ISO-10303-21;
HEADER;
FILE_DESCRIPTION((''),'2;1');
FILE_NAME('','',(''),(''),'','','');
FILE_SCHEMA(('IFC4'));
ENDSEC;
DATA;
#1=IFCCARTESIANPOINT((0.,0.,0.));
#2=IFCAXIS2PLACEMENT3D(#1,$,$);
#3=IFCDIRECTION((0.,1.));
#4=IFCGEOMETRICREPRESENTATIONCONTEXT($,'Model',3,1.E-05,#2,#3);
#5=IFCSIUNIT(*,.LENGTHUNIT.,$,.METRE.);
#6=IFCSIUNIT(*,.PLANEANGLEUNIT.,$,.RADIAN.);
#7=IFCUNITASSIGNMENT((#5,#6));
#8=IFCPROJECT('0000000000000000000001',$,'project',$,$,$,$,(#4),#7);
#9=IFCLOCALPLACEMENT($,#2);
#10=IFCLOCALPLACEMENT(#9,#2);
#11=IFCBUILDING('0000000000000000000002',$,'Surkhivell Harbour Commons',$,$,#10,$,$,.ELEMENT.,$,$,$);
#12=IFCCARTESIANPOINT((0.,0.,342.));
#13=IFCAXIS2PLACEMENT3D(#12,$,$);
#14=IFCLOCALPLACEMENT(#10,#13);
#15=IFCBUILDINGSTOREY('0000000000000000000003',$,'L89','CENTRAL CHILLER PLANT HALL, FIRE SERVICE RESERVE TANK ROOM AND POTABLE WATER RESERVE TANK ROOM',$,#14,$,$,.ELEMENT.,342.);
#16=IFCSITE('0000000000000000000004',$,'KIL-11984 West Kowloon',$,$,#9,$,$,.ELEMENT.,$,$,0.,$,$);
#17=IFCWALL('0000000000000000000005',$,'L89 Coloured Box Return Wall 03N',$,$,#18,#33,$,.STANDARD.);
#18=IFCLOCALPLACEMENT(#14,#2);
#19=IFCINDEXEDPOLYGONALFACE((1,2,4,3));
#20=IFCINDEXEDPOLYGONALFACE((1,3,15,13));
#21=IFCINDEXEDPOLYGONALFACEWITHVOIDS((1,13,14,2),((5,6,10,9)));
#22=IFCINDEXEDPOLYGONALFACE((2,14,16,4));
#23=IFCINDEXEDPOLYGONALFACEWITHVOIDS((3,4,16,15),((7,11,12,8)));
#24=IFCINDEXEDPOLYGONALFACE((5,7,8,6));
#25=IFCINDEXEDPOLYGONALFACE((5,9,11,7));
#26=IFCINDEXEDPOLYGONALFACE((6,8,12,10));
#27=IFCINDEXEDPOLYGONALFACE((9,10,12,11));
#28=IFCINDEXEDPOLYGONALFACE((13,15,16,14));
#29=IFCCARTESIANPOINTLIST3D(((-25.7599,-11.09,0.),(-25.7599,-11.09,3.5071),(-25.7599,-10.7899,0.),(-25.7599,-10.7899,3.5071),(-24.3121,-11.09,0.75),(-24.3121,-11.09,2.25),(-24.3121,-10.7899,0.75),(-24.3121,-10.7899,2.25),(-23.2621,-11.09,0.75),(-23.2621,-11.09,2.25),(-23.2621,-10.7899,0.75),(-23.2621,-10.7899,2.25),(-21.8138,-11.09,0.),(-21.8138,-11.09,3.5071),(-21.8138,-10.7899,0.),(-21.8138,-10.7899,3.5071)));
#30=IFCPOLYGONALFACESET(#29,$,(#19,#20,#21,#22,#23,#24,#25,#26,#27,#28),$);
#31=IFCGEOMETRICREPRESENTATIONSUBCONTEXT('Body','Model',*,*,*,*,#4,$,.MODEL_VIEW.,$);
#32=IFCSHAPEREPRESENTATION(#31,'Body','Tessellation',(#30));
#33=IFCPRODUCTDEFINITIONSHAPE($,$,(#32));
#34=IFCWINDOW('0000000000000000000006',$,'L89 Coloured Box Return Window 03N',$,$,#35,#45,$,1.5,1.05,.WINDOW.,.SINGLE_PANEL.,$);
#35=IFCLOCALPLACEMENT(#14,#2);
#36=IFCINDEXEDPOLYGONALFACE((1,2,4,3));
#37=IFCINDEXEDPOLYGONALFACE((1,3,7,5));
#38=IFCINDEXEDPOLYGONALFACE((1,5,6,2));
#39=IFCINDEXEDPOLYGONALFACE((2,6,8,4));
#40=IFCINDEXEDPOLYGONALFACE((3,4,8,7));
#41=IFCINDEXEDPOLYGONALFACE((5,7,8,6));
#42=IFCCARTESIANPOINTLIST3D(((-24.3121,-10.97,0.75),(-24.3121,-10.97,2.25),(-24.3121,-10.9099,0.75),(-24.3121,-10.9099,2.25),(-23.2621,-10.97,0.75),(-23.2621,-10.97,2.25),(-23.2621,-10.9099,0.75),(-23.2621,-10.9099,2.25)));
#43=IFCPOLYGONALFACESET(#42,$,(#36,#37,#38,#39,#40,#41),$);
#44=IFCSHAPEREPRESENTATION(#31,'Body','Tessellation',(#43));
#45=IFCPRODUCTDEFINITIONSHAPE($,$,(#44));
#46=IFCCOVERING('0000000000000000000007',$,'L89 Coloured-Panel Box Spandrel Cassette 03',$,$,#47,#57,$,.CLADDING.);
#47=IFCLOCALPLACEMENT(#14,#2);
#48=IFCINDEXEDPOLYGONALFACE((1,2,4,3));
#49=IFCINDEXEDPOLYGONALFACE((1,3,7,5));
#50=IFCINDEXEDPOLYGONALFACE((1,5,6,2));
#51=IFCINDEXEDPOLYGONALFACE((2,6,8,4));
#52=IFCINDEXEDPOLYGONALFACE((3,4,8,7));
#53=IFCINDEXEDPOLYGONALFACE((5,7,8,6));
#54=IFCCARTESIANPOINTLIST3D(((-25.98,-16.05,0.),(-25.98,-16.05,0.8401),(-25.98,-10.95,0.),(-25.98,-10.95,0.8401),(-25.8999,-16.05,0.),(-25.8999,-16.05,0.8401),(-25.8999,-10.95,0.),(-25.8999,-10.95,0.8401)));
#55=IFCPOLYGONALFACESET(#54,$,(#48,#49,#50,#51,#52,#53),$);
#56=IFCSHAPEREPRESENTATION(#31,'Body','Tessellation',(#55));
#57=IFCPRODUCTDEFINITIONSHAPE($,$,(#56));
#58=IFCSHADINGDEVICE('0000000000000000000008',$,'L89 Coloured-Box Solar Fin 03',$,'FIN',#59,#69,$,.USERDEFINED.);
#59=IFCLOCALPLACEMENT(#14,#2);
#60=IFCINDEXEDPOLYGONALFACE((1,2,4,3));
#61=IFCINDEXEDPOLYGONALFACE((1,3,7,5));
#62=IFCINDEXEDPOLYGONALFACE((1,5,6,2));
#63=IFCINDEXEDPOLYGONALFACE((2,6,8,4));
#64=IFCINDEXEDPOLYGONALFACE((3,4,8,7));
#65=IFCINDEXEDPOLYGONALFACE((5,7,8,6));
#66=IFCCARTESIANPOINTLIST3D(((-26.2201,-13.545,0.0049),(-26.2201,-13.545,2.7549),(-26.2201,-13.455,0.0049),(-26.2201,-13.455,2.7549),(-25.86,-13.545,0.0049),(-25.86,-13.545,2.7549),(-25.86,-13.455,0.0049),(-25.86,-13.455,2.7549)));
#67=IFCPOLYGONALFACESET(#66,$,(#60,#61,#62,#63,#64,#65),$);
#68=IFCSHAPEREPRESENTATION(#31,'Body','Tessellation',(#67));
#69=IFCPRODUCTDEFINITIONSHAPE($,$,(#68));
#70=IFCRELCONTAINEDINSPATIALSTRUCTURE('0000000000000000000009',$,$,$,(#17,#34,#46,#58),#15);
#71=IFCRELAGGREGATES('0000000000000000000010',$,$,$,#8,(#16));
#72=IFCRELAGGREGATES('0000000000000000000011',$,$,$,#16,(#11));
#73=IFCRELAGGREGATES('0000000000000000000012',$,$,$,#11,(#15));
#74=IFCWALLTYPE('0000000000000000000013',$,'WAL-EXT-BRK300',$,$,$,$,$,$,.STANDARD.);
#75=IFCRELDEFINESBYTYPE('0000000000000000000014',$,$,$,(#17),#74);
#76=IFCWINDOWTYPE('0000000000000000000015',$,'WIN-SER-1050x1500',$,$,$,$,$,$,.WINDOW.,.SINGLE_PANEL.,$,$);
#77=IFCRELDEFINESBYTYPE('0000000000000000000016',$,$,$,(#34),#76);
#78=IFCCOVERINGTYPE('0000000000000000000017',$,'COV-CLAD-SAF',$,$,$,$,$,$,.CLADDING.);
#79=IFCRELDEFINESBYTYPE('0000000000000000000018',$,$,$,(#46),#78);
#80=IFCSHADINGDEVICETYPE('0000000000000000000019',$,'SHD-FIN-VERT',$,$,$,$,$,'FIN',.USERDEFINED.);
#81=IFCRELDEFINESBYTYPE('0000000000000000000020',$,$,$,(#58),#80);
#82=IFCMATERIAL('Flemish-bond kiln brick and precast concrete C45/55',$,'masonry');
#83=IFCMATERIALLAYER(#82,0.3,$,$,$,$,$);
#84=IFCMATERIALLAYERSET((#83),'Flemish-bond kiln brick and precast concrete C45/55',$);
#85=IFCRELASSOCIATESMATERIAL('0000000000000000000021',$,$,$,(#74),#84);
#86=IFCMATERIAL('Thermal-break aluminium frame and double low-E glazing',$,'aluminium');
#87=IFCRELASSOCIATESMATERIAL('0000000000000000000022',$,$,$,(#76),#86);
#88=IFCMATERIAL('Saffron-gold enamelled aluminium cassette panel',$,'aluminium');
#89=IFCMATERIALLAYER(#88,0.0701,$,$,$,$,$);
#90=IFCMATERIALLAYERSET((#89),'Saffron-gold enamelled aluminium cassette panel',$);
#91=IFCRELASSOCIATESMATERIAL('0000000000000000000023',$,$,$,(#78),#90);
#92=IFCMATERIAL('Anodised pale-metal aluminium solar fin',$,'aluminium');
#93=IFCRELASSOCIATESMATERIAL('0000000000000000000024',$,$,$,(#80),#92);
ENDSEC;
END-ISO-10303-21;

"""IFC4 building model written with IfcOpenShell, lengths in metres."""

from ifc_helpers import new_model, si_unit, direction, frame, frame_2d, origin, origin_2d, place, context, subcontext, project, spatial, rectangle, extrude, material, layer, layer_set, type_object, element, fill, save


model = new_model("IFC4")

# Units and contexts
model_context = context("Model", 3, precision=1e-05, world=origin(), true_north=direction((0.0, 1.0)))
body_context = subcontext(model_context, "Body", "Model", "MODEL_VIEW")
ifc_project = project(units=[si_unit("LENGTHUNIT", "METRE"), si_unit("PLANEANGLEUNIT", "RADIAN")], contexts=[model_context])

# Site, building, storey
site_placement = place(None, origin())
site = spatial("IfcSite", under=ifc_project, at=site_placement, Name="KIL-11984 West Kowloon", CompositionType="ELEMENT", RefElevation=0.0)
building_placement = place(site_placement, origin())
building = spatial("IfcBuilding", under=site, at=building_placement, Name="Surkhivell Harbour Commons", CompositionType="ELEMENT")
storey_placement = place(building_placement, frame((0.0, 0.0, 342.0)))
storey = spatial("IfcBuildingStorey", under=building, at=storey_placement, Name="L89", Description="CENTRAL CHILLER PLANT HALL, FIRE SERVICE RESERVE TANK ROOM AND POTABLE WATER RESERVE TANK ROOM", CompositionType="ELEMENT", Elevation=342.0)

# Wall, opening, window
ifc_material_1 = material(Name="Flemish-bond kiln brick and precast concrete C45/55", Category="masonry")
ifc_layer_1 = layer(ifc_material_1, 0.3)
ifc_layer_set_1 = layer_set([ifc_layer_1], Name="Flemish-bond kiln brick and precast concrete C45/55")
wall_type = type_object("IfcWallType", Name="WAL-EXT-BRK300", PredefinedType="STANDARD", material=ifc_layer_set_1)
ifc_material_2 = material(Name="Thermal-break aluminium frame and double low-E glazing", Category="aluminium")
window_type_1 = type_object("IfcWindowType", Name="WIN-SER-1050x1500", PartitioningType="SINGLE_PANEL", PredefinedType="WINDOW", material=ifc_material_2)
wall_1_placement = place(storey_placement, frame((-25.76, -10.9399, 0.0), z_axis=(0.0, 0.0, 1.0), x_axis=(1.0, 0.0, 0.0)))
wall_1 = element("IfcWall", 1, at=wall_1_placement, inside=storey, type_object=wall_type, Name="L89 Coloured Box Return Wall 03N", PredefinedType="STANDARD", context=body_context, shape_type="SweptSolid", body=[
    extrude(rectangle(XDim=3.946, YDim=0.3, at=frame_2d((1.9731, 0.0))), origin(), (0.0, 0.0, 1.0), 3.5071),
])
opening_1_placement = place(wall_1_placement, frame((1.448, 0.0, 0.75)))
opening_1 = element("IfcOpeningElement", 2, at=opening_1_placement, cuts=wall_1, PredefinedType="OPENING", context=body_context, shape_type="SweptSolid", body=[
    extrude(rectangle(XDim=1.05, YDim=1.5, at=frame_2d((0.5249, 0.75))), frame((0.0, 0.1599, 0.0), z_axis=(0.0, -1.0, 0.0), x_axis=(1.0, 0.0, 0.0)), (0.0, 0.0, 1.0), 0.3201),
])
window_1_placement = place(opening_1_placement, origin())
window_1 = element("IfcWindow", 3, at=window_1_placement, inside=storey, type_object=window_type_1, Name="L89 Coloured Box Return Window 03N", OverallHeight=1.5, OverallWidth=1.05, PartitioningType="SINGLE_PANEL", PredefinedType="WINDOW", context=body_context, shape_type="SweptSolid", body=[
    extrude(rectangle(XDim=1.05, YDim=1.5, at=frame_2d((0.5249, 0.75))), frame((0.0, 0.03, 0.0), z_axis=(0.0, -1.0, 0.0), x_axis=(1.0, 0.0, 0.0)), (0.0, 0.0, 1.0), 0.0601),
])
fill(opening_1, window_1)

# Covering
ifc_material_3 = material(Name="Saffron-gold enamelled aluminium cassette panel", Category="aluminium")
ifc_layer_2 = layer(ifc_material_3, 0.0701)
ifc_layer_set_2 = layer_set([ifc_layer_2], Name="Saffron-gold enamelled aluminium cassette panel")
covering_type = type_object("IfcCoveringType", Name="COV-CLAD-SAF", PredefinedType="CLADDING", material=ifc_layer_set_2)
covering_placement = place(storey_placement, frame((-25.9399, -13.5, 0.0), z_axis=(0.0, 0.0, 1.0), x_axis=(1.0, 0.0, 0.0)))
element("IfcCovering", 4, at=covering_placement, inside=storey, type_object=covering_type, Name="L89 Coloured-Panel Box Spandrel Cassette 03", PredefinedType="CLADDING", context=body_context, shape_type="SweptSolid", body=[
    extrude(rectangle(XDim=0.0801, YDim=5.1001, at=origin_2d()), origin(), (0.0, 0.0, 1.0), 0.8401),
])

# Shading device
ifc_material_4 = material(Name="Anodised pale-metal aluminium solar fin", Category="aluminium")
shading_device_type = type_object("IfcShadingDeviceType", Name="SHD-FIN-VERT", ElementType="FIN", PredefinedType="USERDEFINED", material=ifc_material_4)
shading_device_placement = place(storey_placement, frame((-26.04, -13.5, 0.0049), z_axis=(0.0, 0.0, 1.0), x_axis=(1.0, 0.0, 0.0)))
element("IfcShadingDevice", 5, at=shading_device_placement, inside=storey, type_object=shading_device_type, Name="L89 Coloured-Box Solar Fin 03", ObjectType="FIN", PredefinedType="USERDEFINED", context=body_context, shape_type="SweptSolid", body=[
    extrude(rectangle(XDim=0.3601, YDim=0.0901, at=origin_2d()), origin(), (0.0, 0.0, 1.0), 2.75),
])

save(model, "model.ifc")
